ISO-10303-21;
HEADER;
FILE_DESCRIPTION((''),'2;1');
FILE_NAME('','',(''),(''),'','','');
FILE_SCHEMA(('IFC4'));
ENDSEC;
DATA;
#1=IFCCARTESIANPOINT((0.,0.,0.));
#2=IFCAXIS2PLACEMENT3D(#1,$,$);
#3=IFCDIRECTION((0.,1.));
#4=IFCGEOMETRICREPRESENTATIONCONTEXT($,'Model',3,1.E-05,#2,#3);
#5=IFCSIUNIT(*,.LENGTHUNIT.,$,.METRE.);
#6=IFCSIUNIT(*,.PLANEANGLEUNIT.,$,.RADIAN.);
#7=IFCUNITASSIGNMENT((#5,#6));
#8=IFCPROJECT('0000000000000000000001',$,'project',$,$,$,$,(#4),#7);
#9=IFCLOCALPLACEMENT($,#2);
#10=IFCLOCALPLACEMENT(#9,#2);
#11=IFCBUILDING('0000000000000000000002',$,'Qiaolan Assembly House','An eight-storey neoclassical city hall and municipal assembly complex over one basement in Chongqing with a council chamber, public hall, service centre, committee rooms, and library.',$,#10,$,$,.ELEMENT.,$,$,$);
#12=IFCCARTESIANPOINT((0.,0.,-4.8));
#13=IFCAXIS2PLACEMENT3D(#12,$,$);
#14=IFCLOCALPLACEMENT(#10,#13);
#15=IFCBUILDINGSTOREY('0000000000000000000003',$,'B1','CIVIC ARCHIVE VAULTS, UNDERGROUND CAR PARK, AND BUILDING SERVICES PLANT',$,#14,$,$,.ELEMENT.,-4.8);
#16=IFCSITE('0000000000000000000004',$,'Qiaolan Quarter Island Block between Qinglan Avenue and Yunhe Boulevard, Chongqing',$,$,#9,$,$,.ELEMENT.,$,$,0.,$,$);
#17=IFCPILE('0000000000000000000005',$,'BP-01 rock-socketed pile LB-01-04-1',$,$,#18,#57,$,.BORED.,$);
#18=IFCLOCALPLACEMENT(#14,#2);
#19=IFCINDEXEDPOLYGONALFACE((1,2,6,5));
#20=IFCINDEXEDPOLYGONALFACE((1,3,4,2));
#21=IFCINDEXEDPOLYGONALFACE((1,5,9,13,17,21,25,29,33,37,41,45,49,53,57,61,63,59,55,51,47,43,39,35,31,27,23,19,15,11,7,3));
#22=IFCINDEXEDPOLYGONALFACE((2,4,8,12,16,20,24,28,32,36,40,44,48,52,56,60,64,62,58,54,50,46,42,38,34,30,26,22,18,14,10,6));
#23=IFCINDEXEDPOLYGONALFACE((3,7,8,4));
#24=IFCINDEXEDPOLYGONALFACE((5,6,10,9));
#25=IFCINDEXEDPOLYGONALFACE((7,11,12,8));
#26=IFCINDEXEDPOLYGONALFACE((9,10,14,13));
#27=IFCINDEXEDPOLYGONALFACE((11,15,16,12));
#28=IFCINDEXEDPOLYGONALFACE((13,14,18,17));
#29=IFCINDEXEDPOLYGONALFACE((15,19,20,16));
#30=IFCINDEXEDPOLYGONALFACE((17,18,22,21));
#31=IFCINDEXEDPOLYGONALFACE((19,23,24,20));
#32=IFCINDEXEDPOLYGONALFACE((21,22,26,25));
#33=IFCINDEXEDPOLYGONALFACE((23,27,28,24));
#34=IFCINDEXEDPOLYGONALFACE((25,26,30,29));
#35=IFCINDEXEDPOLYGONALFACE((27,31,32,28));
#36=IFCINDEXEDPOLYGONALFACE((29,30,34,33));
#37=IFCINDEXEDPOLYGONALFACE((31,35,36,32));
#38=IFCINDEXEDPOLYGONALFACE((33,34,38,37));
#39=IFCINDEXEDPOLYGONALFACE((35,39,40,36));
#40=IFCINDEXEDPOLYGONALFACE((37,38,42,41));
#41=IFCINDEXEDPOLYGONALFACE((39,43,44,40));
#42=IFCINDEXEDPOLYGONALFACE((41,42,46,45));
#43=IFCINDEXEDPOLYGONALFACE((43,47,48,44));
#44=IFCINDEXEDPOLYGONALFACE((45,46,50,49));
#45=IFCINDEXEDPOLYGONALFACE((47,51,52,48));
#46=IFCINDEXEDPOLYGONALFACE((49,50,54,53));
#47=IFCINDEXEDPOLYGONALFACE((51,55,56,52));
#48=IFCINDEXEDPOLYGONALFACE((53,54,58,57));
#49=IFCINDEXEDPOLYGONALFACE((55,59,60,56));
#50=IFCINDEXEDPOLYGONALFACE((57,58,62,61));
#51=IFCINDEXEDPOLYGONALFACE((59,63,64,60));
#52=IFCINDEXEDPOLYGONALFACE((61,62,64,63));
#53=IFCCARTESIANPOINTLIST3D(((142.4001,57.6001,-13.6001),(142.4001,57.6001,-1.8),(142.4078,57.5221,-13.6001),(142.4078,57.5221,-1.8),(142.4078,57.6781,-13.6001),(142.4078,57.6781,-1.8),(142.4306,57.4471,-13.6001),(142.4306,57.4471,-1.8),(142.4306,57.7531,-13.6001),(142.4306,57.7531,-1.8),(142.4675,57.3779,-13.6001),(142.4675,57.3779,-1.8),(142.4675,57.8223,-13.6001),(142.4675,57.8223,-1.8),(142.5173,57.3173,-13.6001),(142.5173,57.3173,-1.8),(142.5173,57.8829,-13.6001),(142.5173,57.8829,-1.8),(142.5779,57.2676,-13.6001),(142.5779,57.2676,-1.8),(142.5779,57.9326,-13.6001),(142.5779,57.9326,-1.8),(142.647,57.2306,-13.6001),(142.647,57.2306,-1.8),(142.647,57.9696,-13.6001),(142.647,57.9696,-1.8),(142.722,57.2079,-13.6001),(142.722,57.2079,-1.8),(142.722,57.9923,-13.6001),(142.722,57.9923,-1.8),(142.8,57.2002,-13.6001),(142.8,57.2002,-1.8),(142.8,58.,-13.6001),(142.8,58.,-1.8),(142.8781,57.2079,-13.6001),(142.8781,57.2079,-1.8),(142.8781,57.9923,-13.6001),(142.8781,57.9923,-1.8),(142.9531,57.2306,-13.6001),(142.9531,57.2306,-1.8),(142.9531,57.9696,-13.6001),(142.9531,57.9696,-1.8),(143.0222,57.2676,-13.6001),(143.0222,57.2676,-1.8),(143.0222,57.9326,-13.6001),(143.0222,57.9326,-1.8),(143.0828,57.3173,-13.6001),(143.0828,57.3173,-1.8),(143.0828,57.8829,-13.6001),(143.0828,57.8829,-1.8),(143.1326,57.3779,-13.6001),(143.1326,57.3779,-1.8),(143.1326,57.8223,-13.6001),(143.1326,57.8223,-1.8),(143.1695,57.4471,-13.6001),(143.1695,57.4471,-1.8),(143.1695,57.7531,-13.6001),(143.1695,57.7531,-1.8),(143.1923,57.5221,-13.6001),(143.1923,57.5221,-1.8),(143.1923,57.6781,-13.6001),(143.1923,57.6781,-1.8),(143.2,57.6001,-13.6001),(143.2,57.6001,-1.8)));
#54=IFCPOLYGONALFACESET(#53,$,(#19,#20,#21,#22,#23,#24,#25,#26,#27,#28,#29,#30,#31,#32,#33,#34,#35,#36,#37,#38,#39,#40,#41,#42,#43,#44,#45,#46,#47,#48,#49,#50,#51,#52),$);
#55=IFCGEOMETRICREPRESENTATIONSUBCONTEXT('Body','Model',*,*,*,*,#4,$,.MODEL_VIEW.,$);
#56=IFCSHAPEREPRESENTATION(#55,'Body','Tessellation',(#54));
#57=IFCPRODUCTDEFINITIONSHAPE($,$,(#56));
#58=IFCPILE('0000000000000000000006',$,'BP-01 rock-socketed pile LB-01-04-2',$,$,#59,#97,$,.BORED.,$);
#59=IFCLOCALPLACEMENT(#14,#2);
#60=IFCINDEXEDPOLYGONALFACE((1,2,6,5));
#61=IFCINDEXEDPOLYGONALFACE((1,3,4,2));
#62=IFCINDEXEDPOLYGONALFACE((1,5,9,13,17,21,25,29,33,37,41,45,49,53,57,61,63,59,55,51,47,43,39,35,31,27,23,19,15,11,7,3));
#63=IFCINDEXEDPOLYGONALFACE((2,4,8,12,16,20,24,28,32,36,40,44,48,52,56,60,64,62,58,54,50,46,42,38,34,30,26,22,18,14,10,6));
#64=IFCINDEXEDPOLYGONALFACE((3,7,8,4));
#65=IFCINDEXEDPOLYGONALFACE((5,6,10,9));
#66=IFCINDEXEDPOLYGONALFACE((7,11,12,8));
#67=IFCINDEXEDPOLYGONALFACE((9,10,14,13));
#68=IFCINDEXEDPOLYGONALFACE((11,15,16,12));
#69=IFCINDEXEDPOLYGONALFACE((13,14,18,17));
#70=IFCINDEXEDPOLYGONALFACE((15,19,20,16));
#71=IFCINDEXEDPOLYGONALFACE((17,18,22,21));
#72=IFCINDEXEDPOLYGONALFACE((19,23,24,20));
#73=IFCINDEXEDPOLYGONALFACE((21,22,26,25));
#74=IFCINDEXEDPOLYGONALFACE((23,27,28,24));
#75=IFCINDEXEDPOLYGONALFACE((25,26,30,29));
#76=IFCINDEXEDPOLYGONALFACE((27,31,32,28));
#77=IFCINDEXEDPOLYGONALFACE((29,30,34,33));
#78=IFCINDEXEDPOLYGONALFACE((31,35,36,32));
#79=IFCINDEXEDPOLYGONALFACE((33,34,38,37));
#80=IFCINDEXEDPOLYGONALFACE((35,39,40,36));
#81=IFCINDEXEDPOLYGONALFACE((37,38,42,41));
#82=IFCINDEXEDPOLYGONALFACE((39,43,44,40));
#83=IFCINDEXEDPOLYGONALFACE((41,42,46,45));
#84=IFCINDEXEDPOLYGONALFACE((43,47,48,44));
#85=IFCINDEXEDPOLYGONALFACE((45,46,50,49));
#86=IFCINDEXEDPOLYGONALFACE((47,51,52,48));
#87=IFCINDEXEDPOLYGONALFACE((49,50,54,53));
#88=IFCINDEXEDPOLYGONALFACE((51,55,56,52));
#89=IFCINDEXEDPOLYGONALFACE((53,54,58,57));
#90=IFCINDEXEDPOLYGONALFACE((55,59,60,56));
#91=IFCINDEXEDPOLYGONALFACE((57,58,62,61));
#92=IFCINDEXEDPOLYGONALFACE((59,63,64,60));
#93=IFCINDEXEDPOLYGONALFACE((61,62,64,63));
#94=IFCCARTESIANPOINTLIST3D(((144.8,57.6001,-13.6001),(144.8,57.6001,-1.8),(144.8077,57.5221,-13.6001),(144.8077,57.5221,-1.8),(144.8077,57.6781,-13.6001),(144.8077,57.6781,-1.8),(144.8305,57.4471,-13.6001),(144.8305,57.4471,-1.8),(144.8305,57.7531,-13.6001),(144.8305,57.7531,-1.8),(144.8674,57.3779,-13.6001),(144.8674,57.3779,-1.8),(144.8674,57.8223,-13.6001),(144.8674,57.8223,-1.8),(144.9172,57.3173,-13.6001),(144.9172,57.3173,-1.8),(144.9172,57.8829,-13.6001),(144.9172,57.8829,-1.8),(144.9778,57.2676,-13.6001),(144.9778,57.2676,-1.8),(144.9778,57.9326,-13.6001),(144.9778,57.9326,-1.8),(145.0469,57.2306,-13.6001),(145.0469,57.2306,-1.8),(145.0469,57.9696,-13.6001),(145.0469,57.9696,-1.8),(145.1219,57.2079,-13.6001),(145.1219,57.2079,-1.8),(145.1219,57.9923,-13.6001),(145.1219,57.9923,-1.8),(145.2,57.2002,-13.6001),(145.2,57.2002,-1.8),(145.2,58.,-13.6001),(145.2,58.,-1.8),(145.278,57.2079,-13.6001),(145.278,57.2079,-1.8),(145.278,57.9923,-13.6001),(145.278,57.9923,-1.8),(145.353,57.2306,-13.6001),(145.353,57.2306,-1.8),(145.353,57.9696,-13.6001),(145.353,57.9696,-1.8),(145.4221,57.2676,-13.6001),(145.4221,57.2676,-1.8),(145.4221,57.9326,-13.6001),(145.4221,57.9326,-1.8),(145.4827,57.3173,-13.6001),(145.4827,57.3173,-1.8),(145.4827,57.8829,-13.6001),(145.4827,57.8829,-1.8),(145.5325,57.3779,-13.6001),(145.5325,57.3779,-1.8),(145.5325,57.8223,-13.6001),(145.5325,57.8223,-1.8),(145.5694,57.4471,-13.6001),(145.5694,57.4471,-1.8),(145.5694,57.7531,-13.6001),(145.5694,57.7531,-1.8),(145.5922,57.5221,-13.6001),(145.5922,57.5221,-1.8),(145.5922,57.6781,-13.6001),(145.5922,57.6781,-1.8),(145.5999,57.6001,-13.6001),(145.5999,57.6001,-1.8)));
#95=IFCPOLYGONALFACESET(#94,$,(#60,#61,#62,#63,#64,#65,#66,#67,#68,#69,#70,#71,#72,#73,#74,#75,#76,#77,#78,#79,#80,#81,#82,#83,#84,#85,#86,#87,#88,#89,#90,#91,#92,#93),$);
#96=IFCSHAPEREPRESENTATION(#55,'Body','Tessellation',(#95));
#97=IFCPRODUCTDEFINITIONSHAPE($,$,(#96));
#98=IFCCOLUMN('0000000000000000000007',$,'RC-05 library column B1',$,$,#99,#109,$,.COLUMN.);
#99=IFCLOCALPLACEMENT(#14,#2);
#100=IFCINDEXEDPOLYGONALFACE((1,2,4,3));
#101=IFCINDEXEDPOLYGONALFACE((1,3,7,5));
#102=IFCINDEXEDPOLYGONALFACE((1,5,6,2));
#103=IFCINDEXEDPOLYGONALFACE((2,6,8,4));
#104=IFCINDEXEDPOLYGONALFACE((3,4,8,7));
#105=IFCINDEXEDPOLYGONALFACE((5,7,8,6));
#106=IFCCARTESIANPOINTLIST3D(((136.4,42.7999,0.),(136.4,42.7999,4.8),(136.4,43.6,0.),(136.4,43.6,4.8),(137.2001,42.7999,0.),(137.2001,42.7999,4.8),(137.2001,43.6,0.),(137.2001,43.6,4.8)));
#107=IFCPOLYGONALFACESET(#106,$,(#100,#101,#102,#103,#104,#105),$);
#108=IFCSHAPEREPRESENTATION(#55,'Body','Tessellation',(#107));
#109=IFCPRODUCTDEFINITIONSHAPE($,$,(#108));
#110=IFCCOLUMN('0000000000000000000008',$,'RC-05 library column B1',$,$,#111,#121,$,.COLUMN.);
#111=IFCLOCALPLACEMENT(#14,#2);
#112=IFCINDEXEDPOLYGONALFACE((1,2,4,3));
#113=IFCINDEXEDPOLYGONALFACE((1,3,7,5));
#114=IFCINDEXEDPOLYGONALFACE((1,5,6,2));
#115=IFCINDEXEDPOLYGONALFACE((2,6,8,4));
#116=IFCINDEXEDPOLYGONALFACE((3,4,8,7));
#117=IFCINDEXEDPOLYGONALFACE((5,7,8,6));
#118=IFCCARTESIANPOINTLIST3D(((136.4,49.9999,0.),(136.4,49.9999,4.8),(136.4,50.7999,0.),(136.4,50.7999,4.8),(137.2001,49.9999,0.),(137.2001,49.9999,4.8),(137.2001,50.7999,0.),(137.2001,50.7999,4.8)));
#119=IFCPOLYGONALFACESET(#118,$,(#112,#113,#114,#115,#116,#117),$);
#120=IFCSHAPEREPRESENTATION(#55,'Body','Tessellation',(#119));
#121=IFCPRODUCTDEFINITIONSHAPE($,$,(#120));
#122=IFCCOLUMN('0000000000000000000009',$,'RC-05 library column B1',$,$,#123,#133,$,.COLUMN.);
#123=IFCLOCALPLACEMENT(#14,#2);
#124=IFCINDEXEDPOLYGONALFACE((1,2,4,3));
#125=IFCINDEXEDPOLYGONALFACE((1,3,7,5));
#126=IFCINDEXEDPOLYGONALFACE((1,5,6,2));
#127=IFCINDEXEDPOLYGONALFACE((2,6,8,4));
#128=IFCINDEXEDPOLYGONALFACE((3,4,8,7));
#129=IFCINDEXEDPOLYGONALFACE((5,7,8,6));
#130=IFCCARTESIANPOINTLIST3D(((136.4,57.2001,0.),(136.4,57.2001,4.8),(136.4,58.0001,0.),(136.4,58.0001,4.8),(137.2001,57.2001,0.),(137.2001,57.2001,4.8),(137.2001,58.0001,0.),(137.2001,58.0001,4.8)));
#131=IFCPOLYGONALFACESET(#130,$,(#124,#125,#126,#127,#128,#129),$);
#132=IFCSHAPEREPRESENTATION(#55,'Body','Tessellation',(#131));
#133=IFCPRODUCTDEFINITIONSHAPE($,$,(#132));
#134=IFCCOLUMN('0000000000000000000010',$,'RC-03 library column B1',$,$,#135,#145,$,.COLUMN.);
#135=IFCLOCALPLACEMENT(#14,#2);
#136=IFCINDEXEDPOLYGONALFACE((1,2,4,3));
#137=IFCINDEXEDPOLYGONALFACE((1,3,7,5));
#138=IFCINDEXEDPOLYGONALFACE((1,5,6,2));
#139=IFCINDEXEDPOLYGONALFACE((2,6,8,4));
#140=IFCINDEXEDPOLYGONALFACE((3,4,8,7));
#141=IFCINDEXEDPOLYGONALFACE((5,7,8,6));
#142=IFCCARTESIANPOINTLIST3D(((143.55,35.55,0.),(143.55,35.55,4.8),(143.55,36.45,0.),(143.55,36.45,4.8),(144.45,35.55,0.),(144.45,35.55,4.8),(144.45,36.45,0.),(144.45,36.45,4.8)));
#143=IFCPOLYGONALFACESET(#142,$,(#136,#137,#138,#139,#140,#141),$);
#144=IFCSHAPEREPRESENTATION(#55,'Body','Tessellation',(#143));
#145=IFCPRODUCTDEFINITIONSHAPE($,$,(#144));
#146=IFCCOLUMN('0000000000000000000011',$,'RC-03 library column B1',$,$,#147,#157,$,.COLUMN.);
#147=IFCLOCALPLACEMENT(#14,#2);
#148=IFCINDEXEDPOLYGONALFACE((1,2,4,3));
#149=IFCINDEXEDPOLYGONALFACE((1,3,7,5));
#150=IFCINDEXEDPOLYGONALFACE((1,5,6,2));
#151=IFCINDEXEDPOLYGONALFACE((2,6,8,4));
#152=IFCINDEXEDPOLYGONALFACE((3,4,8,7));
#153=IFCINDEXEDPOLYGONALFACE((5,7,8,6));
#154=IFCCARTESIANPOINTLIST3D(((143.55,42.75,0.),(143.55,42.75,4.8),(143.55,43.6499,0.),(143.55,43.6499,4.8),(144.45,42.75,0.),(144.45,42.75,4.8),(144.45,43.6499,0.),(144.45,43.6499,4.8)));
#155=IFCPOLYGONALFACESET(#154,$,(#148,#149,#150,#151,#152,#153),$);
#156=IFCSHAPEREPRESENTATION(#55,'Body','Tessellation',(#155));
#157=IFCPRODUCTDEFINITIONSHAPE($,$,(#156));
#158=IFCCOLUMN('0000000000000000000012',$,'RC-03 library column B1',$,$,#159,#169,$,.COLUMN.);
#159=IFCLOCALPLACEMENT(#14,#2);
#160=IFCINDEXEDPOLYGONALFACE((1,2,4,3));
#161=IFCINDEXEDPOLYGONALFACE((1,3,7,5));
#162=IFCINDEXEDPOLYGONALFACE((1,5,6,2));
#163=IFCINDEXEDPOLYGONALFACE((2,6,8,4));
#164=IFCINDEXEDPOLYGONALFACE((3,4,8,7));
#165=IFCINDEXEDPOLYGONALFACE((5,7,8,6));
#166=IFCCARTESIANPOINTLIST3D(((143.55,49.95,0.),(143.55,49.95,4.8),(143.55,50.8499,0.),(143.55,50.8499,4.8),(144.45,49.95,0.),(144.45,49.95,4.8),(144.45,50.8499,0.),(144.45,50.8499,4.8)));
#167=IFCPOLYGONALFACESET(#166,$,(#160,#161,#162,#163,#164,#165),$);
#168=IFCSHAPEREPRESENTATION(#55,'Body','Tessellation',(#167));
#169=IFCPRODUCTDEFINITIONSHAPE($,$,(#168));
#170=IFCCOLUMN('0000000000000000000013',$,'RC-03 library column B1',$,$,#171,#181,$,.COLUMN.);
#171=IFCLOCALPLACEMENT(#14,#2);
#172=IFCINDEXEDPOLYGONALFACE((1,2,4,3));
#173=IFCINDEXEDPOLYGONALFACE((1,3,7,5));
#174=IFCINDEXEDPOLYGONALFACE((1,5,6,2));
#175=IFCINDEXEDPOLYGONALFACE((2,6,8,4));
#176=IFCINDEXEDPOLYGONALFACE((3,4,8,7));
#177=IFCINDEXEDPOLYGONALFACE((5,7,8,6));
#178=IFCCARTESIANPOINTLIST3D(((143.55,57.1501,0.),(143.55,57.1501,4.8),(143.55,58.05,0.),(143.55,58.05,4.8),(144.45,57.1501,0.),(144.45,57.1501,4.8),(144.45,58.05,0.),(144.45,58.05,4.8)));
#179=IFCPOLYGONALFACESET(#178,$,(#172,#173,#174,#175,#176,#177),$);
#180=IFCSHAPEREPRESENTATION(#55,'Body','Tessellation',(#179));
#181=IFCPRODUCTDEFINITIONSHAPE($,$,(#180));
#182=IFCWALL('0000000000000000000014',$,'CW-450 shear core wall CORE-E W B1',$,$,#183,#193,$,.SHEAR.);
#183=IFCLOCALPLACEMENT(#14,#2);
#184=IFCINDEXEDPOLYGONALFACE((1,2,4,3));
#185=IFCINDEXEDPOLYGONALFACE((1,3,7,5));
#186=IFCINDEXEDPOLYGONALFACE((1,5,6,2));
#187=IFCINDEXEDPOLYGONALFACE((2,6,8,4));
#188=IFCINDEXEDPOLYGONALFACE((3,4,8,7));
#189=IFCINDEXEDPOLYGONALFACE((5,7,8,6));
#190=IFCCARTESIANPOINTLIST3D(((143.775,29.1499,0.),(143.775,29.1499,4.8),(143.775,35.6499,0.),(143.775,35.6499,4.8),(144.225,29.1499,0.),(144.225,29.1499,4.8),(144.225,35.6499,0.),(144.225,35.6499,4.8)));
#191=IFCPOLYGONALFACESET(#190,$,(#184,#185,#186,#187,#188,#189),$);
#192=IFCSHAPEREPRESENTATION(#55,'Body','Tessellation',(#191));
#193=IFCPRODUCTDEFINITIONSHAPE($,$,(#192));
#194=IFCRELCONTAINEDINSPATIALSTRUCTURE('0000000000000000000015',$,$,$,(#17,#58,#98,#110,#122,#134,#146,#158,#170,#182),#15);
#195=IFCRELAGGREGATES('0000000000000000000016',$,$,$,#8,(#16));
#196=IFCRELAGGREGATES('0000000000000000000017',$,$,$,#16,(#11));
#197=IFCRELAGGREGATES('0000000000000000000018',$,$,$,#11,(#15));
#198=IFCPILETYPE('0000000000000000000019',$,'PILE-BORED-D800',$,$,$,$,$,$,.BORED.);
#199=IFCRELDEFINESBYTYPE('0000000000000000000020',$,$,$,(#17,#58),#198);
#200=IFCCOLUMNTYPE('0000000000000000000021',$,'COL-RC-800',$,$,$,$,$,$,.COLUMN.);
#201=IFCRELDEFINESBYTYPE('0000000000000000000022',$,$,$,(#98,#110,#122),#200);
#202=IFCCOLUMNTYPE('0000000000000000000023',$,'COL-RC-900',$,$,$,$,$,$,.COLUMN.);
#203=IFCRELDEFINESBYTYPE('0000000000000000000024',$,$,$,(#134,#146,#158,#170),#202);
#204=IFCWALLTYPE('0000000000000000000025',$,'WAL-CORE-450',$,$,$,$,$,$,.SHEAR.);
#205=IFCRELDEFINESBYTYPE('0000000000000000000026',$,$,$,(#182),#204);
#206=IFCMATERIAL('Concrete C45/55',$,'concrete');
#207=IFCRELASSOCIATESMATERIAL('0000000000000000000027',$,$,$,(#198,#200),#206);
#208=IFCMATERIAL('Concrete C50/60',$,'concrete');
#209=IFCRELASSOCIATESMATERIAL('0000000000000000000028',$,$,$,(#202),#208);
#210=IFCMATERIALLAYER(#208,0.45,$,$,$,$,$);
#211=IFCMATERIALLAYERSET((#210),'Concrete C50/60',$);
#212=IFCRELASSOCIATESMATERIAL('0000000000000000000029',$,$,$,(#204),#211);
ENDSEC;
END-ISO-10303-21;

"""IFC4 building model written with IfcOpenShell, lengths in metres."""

from ifc_helpers import new_model, si_unit, direction, frame, frame_2d, origin, origin_2d, place, context, subcontext, project, spatial, rectangle, circle, extrude, material, layer, layer_set, material_profile, profile_set, type_object, element, save


model = new_model("IFC4")

# Units and contexts
model_context = context("Model", 3, precision=1e-05, world=origin(), true_north=direction((0.0, 1.0)))
body_context = subcontext(model_context, "Body", "Model", "MODEL_VIEW")
ifc_project = project(units=[si_unit("LENGTHUNIT", "METRE"), si_unit("PLANEANGLEUNIT", "RADIAN")], contexts=[model_context])

# Site, building, storey
site_placement = place(None, origin())
site = spatial("IfcSite", under=ifc_project, at=site_placement, Name="Qiaolan Quarter Island Block between Qinglan Avenue and Yunhe Boulevard, Chongqing", CompositionType="ELEMENT", RefElevation=0.0)
building_placement = place(site_placement, origin())
building = spatial("IfcBuilding", under=site, at=building_placement, Name="Qiaolan Assembly House", Description="An eight-storey neoclassical city hall and municipal assembly complex over one basement in Chongqing with a council chamber, public hall, service centre, committee rooms, and library.", CompositionType="ELEMENT")
storey_placement = place(building_placement, frame((0.0, 0.0, -4.8)))
storey = spatial("IfcBuildingStorey", under=building, at=storey_placement, Name="B1", Description="CIVIC ARCHIVE VAULTS, UNDERGROUND CAR PARK, AND BUILDING SERVICES PLANT", CompositionType="ELEMENT", Elevation=-4.8)

# Piles
ifc_material_1 = material(Name="Concrete C45/55", Category="concrete")
ifc_material_profile_1 = material_profile(ifc_material_1, circle(Radius=0.3999, at=origin_2d()), Name="PILE D800")
ifc_profile_set_1 = profile_set([ifc_material_profile_1], Name="Concrete C45/55")
pile_type = type_object("IfcPileType", Name="PILE-BORED-D800", PredefinedType="BORED", material=ifc_profile_set_1)
for number, where, z_axis, x_axis, name in (
    (1, (142.8, 57.6001, -1.8), (0.0, 0.0, -1.0), (1.0, 0.0, 0.0), "BP-01 rock-socketed pile LB-01-04-1"),
    (2, (145.2, 57.6001, -1.8), (0.0, 0.0, -1.0), (1.0, 0.0, 0.0), "BP-01 rock-socketed pile LB-01-04-2"),
):
    element("IfcPile", number, at=place(storey_placement, frame(where, z_axis=z_axis, x_axis=x_axis)), inside=storey, type_object=pile_type, Name=name, PredefinedType="BORED", context=body_context, shape_type="SweptSolid", body=[
        extrude(circle(Radius=0.3999, at=origin_2d()), origin(), (0.0, 0.0, 1.0), 11.8),
    ])

# Columns
ifc_material_profile_2 = material_profile(ifc_material_1, rectangle(XDim=0.8, YDim=0.8, at=origin_2d()), Name="RC 800x800")
ifc_profile_set_2 = profile_set([ifc_material_profile_2], Name="Concrete C45/55")
column_type_1 = type_object("IfcColumnType", Name="COL-RC-800", PredefinedType="COLUMN", material=ifc_profile_set_2)
for number, where, z_axis, x_axis, name in (
    (3, (136.8, 43.2, 0.0), (0.0, 0.0, 1.0), (1.0, 0.0, 0.0), "RC-05 library column B1"),
    (4, (136.8, 50.3999, 0.0), (0.0, 0.0, 1.0), (1.0, 0.0, 0.0), "RC-05 library column B1"),
    (5, (136.8, 57.6001, 0.0), (0.0, 0.0, 1.0), (1.0, 0.0, 0.0), "RC-05 library column B1"),
):
    element("IfcColumn", number, at=place(storey_placement, frame(where, z_axis=z_axis, x_axis=x_axis)), inside=storey, type_object=column_type_1, Name=name, PredefinedType="COLUMN", context=body_context, shape_type="SweptSolid", body=[
        extrude(rectangle(XDim=0.8, YDim=0.8, at=origin_2d()), origin(), (0.0, 0.0, 1.0), 4.8),
    ])
ifc_material_2 = material(Name="Concrete C50/60", Category="concrete")
ifc_material_profile_3 = material_profile(ifc_material_2, rectangle(XDim=0.8999, YDim=0.8999, at=origin_2d()), Name="RC 900x900")
ifc_profile_set_3 = profile_set([ifc_material_profile_3], Name="Concrete C50/60")
column_type_2 = type_object("IfcColumnType", Name="COL-RC-900", PredefinedType="COLUMN", material=ifc_profile_set_3)
for number, where, z_axis, x_axis, name in (
    (6, (144.0, 36.0, 0.0), (0.0, 0.0, 1.0), (1.0, 0.0, 0.0), "RC-03 library column B1"),
    (7, (144.0, 43.2, 0.0), (0.0, 0.0, 1.0), (1.0, 0.0, 0.0), "RC-03 library column B1"),
    (8, (144.0, 50.3999, 0.0), (0.0, 0.0, 1.0), (1.0, 0.0, 0.0), "RC-03 library column B1"),
    (9, (144.0, 57.6001, 0.0), (0.0, 0.0, 1.0), (1.0, 0.0, 0.0), "RC-03 library column B1"),
):
    element("IfcColumn", number, at=place(storey_placement, frame(where, z_axis=z_axis, x_axis=x_axis)), inside=storey, type_object=column_type_2, Name=name, PredefinedType="COLUMN", context=body_context, shape_type="SweptSolid", body=[
        extrude(rectangle(XDim=0.8999, YDim=0.8999, at=origin_2d()), origin(), (0.0, 0.0, 1.0), 4.8),
    ])

# Wall
ifc_layer = layer(ifc_material_2, 0.45)
ifc_layer_set = layer_set([ifc_layer], Name="Concrete C50/60")
wall_type = type_object("IfcWallType", Name="WAL-CORE-450", PredefinedType="SHEAR", material=ifc_layer_set)
wall_placement = place(storey_placement, frame((144.0, 35.6499, 0.0), z_axis=(0.0, 0.0, 1.0), x_axis=(0.0, -1.0, 0.0)))
element("IfcWall", 10, at=wall_placement, inside=storey, type_object=wall_type, Name="CW-450 shear core wall CORE-E W B1", PredefinedType="SHEAR", context=body_context, shape_type="SweptSolid", body=[
    extrude(rectangle(XDim=6.5, YDim=0.45, at=frame_2d((3.25, 0.0))), origin(), (0.0, 0.0, 1.0), 4.8),
])

save(model, "model.ifc")
